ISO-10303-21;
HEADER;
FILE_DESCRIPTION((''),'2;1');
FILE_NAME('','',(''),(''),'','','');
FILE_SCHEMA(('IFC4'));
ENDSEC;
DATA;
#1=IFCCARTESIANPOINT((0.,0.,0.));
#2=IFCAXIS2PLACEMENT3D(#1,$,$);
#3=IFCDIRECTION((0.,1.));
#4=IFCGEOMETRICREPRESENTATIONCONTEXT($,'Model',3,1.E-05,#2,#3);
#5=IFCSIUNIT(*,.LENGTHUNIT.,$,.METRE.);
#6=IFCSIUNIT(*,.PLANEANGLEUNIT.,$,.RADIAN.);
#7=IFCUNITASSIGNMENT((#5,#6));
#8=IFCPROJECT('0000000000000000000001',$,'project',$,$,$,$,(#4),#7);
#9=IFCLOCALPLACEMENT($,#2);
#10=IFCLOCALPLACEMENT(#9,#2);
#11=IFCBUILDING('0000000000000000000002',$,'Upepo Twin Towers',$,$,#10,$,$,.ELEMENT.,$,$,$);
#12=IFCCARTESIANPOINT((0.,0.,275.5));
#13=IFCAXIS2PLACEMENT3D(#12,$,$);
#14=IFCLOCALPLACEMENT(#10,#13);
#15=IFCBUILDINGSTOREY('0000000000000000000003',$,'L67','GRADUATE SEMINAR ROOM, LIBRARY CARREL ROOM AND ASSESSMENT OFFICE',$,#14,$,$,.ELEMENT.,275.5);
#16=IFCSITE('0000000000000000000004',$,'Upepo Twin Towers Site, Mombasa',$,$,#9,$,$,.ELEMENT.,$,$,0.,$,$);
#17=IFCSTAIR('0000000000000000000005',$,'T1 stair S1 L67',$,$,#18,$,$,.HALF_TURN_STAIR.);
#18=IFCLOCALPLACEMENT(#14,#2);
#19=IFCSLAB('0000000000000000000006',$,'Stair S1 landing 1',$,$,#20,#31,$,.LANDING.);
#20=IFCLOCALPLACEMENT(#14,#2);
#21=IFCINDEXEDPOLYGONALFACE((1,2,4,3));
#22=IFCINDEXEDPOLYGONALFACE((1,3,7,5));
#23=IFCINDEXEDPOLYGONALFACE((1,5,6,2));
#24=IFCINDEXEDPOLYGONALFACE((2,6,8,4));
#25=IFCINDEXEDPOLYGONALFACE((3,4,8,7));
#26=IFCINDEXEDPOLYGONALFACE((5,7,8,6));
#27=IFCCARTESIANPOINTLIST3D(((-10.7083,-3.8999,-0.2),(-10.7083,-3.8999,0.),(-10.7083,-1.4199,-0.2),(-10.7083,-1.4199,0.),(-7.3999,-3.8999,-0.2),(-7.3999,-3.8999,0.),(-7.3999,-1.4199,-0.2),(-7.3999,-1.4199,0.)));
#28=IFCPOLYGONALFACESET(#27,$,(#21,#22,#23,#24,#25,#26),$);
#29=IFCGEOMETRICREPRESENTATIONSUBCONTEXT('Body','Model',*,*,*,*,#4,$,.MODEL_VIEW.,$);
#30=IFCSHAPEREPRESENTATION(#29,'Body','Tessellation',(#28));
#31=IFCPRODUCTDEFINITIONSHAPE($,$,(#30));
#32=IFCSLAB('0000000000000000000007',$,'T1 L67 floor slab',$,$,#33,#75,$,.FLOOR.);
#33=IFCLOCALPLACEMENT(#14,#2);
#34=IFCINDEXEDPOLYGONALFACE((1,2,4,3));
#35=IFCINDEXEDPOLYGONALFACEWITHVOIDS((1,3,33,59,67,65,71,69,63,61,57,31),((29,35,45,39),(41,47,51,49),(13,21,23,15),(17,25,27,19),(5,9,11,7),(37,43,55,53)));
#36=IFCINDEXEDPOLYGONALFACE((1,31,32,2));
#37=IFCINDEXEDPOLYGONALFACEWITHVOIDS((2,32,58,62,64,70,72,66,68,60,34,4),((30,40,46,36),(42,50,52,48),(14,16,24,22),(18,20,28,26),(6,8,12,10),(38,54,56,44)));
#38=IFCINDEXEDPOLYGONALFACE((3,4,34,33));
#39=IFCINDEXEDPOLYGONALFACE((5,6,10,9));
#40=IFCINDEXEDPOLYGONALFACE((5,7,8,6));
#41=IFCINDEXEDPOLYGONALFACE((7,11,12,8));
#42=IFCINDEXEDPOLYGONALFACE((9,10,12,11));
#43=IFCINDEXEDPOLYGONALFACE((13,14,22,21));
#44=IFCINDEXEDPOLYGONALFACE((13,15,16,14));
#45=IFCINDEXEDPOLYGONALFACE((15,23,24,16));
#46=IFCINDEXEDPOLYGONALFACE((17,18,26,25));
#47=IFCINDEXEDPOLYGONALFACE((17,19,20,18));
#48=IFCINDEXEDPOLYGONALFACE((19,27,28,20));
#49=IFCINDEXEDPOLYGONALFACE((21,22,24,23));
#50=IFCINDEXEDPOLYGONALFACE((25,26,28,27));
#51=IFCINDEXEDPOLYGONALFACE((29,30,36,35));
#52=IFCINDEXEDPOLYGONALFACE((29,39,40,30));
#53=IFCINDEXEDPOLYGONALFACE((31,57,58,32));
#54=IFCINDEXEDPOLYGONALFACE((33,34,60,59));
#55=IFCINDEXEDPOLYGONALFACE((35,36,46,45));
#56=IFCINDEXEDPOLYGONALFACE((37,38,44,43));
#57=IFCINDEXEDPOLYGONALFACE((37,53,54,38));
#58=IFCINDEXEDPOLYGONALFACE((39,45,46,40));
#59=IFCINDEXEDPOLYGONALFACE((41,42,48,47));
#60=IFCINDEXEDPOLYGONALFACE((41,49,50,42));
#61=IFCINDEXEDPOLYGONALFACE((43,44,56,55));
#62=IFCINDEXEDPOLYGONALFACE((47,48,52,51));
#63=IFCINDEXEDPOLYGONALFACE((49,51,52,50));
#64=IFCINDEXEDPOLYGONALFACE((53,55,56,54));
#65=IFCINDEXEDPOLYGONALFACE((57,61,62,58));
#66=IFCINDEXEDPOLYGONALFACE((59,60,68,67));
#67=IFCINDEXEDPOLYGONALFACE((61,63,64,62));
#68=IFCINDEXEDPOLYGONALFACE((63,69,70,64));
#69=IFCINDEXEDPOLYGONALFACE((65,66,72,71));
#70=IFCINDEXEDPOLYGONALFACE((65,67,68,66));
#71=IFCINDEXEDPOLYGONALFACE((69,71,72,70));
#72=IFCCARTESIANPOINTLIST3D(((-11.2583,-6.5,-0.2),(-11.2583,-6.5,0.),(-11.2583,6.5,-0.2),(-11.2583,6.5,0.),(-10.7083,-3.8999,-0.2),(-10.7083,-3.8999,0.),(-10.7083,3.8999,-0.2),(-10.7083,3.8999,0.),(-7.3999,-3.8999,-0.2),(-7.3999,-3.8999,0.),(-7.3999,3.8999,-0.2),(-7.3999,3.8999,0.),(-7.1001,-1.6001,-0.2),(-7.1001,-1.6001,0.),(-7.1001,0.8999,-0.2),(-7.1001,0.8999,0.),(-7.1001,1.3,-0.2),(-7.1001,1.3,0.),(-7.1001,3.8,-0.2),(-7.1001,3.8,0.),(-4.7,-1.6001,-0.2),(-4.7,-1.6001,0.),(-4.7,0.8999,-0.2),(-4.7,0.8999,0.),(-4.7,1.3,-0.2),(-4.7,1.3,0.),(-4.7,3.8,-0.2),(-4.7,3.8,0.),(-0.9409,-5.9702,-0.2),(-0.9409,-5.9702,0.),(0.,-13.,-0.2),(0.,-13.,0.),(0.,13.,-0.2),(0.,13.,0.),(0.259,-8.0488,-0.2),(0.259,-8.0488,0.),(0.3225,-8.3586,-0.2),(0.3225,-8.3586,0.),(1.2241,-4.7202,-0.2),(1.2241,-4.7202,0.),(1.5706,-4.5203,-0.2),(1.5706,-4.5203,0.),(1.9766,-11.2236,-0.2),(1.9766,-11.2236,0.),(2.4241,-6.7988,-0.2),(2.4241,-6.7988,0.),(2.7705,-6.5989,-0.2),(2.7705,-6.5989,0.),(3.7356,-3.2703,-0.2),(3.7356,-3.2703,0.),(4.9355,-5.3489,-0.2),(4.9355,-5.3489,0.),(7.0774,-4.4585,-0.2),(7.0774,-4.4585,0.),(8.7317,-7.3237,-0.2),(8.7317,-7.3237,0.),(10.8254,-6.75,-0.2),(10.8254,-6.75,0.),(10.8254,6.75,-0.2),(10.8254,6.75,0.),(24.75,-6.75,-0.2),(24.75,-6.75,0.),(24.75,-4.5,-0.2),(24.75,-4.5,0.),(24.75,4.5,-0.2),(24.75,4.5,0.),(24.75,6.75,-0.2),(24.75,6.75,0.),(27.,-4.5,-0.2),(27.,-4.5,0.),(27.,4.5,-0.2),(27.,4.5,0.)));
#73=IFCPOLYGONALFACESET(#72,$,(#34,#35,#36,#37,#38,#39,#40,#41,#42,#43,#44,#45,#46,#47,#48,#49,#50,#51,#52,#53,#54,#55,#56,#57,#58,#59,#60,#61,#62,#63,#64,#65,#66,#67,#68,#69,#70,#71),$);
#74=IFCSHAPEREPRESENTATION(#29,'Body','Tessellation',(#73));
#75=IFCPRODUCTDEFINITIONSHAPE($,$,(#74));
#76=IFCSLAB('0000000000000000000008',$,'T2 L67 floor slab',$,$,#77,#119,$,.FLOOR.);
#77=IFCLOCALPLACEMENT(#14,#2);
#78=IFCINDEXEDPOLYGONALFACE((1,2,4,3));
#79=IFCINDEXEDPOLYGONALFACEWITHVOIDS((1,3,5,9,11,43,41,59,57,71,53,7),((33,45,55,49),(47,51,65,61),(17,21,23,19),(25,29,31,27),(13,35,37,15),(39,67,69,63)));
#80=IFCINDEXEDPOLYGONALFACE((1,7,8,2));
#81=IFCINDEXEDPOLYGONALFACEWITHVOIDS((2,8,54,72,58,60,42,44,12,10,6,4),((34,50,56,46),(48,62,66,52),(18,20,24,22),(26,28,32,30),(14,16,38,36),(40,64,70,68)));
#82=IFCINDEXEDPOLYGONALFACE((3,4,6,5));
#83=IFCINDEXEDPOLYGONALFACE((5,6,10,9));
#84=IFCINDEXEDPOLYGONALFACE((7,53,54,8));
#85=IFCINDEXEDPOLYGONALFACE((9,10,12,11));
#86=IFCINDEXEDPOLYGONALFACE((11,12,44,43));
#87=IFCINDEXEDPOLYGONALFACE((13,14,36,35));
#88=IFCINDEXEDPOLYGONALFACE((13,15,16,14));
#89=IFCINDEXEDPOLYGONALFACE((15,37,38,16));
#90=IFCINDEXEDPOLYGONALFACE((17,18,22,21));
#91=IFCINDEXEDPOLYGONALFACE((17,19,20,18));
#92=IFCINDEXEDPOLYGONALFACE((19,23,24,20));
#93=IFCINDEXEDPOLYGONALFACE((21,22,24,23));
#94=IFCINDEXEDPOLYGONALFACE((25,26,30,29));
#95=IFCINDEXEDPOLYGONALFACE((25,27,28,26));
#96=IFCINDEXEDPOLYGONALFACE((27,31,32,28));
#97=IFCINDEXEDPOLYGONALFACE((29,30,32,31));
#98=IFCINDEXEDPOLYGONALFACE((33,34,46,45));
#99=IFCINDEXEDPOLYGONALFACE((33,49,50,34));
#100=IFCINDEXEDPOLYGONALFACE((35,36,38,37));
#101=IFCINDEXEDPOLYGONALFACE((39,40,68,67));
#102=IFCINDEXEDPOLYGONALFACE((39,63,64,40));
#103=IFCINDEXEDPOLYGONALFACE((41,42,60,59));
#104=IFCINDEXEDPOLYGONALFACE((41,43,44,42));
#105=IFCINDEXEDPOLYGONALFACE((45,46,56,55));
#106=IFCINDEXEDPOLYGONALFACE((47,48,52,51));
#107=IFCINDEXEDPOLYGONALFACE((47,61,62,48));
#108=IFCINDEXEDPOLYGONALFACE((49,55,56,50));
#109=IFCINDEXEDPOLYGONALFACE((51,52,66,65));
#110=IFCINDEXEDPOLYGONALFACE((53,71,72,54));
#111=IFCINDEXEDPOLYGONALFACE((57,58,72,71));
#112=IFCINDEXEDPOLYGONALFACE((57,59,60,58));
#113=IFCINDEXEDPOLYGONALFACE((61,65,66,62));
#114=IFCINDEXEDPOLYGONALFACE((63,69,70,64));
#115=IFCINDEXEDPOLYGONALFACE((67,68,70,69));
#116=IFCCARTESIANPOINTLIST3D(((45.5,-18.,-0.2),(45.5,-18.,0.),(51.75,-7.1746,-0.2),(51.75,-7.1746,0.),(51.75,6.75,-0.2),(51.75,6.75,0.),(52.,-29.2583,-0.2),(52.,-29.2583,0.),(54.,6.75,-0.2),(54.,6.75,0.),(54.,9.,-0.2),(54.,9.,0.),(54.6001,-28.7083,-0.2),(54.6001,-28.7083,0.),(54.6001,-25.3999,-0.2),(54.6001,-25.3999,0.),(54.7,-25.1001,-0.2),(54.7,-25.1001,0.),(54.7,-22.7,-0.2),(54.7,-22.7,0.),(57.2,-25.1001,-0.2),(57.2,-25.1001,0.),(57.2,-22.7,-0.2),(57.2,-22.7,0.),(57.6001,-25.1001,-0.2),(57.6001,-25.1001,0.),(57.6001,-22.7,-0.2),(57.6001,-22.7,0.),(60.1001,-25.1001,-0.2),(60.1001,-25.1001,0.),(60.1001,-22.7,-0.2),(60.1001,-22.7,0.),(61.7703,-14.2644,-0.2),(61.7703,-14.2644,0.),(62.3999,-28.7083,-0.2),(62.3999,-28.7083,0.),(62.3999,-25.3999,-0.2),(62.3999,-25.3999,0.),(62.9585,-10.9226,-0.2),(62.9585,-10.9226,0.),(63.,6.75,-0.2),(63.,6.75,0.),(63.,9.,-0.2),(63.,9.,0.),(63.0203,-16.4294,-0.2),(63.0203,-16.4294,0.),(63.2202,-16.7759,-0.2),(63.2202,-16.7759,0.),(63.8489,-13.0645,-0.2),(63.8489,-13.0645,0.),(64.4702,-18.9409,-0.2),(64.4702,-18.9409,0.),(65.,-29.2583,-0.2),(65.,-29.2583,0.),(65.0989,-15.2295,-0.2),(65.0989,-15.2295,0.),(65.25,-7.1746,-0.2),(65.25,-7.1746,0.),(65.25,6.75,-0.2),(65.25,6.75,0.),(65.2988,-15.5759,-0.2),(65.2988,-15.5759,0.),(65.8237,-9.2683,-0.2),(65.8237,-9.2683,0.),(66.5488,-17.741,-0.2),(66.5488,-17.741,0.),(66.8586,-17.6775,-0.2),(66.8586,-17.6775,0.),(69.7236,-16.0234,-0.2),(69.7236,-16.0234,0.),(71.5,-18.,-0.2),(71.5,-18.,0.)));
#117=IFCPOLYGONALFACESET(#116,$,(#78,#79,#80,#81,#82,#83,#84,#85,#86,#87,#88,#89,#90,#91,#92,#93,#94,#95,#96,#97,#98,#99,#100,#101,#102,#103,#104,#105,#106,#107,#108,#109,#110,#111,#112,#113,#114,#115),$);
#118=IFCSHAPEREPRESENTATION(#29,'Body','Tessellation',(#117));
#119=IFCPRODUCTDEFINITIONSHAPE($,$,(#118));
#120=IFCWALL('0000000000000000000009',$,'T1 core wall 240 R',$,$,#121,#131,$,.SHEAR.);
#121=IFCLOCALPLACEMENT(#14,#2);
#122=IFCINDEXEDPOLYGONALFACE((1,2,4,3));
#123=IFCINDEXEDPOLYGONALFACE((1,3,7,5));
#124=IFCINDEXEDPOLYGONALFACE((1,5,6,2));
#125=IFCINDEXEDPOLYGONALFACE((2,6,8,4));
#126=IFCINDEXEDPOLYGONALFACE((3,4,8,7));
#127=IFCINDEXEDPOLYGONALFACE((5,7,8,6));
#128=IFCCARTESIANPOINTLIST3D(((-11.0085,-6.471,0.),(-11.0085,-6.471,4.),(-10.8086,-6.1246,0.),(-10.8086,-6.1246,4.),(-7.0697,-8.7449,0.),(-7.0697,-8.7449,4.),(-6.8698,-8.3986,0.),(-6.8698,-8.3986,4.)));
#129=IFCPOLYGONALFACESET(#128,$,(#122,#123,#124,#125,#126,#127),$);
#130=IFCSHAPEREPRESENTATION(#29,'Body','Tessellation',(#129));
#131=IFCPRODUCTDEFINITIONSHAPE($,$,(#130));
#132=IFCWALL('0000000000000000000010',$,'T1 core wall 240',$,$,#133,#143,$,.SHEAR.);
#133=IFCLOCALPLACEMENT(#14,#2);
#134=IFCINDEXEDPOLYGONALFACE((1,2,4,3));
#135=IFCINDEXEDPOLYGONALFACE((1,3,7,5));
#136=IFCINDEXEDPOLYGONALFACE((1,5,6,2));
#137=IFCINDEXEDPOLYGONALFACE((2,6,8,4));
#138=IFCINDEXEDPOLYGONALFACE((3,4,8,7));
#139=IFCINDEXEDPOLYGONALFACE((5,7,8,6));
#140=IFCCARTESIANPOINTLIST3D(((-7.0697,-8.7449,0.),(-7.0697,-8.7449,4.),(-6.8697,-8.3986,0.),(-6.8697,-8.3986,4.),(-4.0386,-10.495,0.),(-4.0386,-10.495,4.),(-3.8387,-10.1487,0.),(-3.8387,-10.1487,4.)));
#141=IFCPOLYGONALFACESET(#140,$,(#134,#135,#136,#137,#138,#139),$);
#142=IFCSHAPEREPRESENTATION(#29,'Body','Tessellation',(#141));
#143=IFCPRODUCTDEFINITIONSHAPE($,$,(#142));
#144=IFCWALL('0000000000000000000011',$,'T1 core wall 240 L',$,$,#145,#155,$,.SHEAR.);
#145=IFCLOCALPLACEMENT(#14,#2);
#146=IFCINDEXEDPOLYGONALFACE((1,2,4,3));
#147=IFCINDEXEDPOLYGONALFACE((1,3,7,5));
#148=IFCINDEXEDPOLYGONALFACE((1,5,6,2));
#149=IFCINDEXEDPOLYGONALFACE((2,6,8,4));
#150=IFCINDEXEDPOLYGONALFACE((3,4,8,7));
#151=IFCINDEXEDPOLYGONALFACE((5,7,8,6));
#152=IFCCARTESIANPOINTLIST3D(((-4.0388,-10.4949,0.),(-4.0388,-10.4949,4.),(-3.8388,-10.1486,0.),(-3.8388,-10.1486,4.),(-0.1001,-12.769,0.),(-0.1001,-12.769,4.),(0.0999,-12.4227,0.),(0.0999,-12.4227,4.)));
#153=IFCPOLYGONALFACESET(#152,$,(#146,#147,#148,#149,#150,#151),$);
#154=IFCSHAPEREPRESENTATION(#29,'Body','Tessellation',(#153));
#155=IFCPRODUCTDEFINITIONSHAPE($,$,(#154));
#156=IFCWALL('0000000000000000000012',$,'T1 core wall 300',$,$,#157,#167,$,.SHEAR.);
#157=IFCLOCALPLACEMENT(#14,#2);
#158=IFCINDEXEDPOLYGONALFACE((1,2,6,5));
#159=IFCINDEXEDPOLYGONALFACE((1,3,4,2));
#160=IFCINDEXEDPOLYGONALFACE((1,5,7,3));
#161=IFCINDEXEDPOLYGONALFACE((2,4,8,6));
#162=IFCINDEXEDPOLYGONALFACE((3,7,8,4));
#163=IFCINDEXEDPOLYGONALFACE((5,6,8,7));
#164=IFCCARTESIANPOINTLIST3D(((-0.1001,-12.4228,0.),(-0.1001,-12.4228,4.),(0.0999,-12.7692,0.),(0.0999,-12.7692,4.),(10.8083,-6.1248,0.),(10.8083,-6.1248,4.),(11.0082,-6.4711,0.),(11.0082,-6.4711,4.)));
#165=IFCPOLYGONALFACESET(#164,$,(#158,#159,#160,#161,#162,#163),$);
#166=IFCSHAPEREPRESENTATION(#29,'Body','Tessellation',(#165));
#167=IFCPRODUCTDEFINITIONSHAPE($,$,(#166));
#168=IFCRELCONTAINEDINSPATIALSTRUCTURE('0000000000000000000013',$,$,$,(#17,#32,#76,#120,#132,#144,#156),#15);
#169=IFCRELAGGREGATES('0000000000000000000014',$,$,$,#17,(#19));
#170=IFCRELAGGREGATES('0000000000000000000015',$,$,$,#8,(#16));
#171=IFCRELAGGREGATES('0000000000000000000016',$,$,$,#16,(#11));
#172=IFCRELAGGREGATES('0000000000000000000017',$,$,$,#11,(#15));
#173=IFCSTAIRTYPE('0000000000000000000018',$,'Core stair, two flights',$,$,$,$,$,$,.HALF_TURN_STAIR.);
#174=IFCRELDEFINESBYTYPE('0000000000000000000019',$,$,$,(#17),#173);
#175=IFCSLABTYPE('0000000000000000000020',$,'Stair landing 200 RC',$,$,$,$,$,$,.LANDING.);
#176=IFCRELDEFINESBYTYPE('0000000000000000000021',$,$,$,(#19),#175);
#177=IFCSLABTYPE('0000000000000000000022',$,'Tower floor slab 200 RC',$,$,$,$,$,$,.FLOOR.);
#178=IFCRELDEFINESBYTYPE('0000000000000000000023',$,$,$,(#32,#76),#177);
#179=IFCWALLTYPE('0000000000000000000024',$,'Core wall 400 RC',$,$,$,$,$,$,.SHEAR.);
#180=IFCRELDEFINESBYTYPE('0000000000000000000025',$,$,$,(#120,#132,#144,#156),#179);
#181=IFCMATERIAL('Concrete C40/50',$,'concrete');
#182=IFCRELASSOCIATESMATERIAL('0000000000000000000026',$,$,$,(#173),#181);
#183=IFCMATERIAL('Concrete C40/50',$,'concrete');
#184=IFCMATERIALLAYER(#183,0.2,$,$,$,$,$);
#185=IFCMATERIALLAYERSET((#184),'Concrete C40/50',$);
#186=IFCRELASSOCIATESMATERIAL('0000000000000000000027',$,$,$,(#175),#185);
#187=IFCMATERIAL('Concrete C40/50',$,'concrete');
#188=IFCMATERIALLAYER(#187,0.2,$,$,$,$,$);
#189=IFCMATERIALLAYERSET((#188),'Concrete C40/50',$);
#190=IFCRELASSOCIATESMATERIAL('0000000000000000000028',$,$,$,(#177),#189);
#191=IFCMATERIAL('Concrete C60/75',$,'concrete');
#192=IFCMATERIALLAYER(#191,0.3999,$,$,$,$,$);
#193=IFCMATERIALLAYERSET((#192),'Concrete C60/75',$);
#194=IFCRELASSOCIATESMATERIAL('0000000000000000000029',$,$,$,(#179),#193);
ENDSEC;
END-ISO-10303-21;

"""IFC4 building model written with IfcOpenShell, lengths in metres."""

from ifc_helpers import new_model, si_unit, direction, frame, frame_2d, origin, place, context, subcontext, project, spatial, polyline, rectangle, outline, extrude, material, layer, layer_set, type_object, element, aggregate, save


model = new_model("IFC4")

# Units and contexts
model_context = context("Model", 3, precision=1e-05, world=origin(), true_north=direction((0.0, 1.0)))
body_context = subcontext(model_context, "Body", "Model", "MODEL_VIEW")
ifc_project = project(units=[si_unit("LENGTHUNIT", "METRE"), si_unit("PLANEANGLEUNIT", "RADIAN")], contexts=[model_context])

# Site, building, storey
site_placement = place(None, origin())
site = spatial("IfcSite", under=ifc_project, at=site_placement, Name="Upepo Twin Towers Site, Mombasa", CompositionType="ELEMENT", RefElevation=0.0)
building_placement = place(site_placement, origin())
building = spatial("IfcBuilding", under=site, at=building_placement, Name="Upepo Twin Towers", CompositionType="ELEMENT")
storey_placement = place(building_placement, frame((0.0, 0.0, 275.5)))
storey = spatial("IfcBuildingStorey", under=building, at=storey_placement, Name="L67", Description="GRADUATE SEMINAR ROOM, LIBRARY CARREL ROOM AND ASSESSMENT OFFICE", CompositionType="ELEMENT", Elevation=275.5)

# Stair, slab
ifc_material_1 = material(Name="Concrete C40/50", Category="concrete")
stair_type = type_object("IfcStairType", Name="Core stair, two flights", PredefinedType="HALF_TURN_STAIR", material=ifc_material_1)
stair_placement = place(storey_placement, origin())
stair = element("IfcStair", 1, at=stair_placement, inside=storey, type_object=stair_type, Name="T1 stair S1 L67", PredefinedType="HALF_TURN_STAIR")
ifc_material_2 = material(Name="Concrete C40/50", Category="concrete")
ifc_layer_1 = layer(ifc_material_2, 0.2)
ifc_layer_set_1 = layer_set([ifc_layer_1], Name="Concrete C40/50")
slab_type_1 = type_object("IfcSlabType", Name="Stair landing 200 RC", PredefinedType="LANDING", material=ifc_layer_set_1)
slab_1_placement = place(storey_placement, frame((0.0, 0.0, -0.2)))
slab_1 = element("IfcSlab", 2, at=slab_1_placement, type_object=slab_type_1, Name="Stair S1 landing 1", PredefinedType="LANDING", context=body_context, shape_type="SweptSolid", body=[
    extrude(outline(polyline([(-7.3999, -1.4199), (-10.7083, -1.4199), (-10.7083, -3.8999), (-7.3999, -3.8999), (-7.3999, -1.4199)])), origin(), (0.0, 0.0, 1.0), 0.2),
])

# Slabs
ifc_material_3 = material(Name="Concrete C40/50", Category="concrete")
ifc_layer_2 = layer(ifc_material_3, 0.2)
ifc_layer_set_2 = layer_set([ifc_layer_2], Name="Concrete C40/50")
slab_type_2 = type_object("IfcSlabType", Name="Tower floor slab 200 RC", PredefinedType="FLOOR", material=ifc_layer_set_2)
slab_2_placement = place(storey_placement, frame((0.0, 0.0, -0.2)))
element("IfcSlab", 3, at=slab_2_placement, inside=storey, type_object=slab_type_2, Name="T1 L67 floor slab", PredefinedType="FLOOR", context=body_context, shape_type="SweptSolid", body=[
    extrude(outline(polyline([(0.0, -13.0), (-11.2583, -6.5), (-11.2583, 6.5), (0.0, 13.0), (10.8254, 6.75), (24.75, 6.75), (24.75, 4.5), (27.0, 4.5), (27.0, -4.5), (24.75, -4.5), (24.75, -6.75), (10.8254, -6.75), (0.0, -13.0)]), holes=[polyline([(-4.7, 3.8), (-7.1001, 3.8), (-7.1001, 1.3), (-4.7, 1.3), (-4.7, 3.8)]), polyline([(-4.7, 0.8999), (-7.1001, 0.8999), (-7.1001, -1.6001), (-4.7, -1.6001), (-4.7, 0.8999)]), polyline([(-7.3999, 3.8999), (-10.7083, 3.8999), (-10.7083, -3.8999), (-7.3999, -3.8999), (-7.3999, 3.8999)]), polyline([(-0.9409, -5.9702), (0.259, -8.0488), (2.4241, -6.7988), (1.2241, -4.7202), (-0.9409, -5.9702)]), polyline([(1.5706, -4.5203), (2.7705, -6.5989), (4.9355, -5.3489), (3.7356, -3.2703), (1.5706, -4.5203)]), polyline([(0.3225, -8.3586), (1.9766, -11.2236), (8.7317, -7.3237), (7.0774, -4.4585), (0.3225, -8.3586)])]), origin(), (0.0, 0.0, 1.0), 0.2),
])
slab_3_placement = place(storey_placement, frame((0.0, 0.0, -0.2)))
element("IfcSlab", 4, at=slab_3_placement, inside=storey, type_object=slab_type_2, Name="T2 L67 floor slab", PredefinedType="FLOOR", context=body_context, shape_type="SweptSolid", body=[
    extrude(outline(polyline([(71.5, -18.0), (65.0, -29.2583), (52.0, -29.2583), (45.5, -18.0), (51.75, -7.1746), (51.75, 6.75), (54.0, 6.75), (54.0, 9.0), (63.0, 9.0), (63.0, 6.75), (65.25, 6.75), (65.25, -7.1746), (71.5, -18.0)]), holes=[polyline([(54.7, -22.7), (54.7, -25.1001), (57.2, -25.1001), (57.2, -22.7), (54.7, -22.7)]), polyline([(57.6001, -22.7), (57.6001, -25.1001), (60.1001, -25.1001), (60.1001, -22.7), (57.6001, -22.7)]), polyline([(54.6001, -25.3999), (54.6001, -28.7083), (62.3999, -28.7083), (62.3999, -25.3999), (54.6001, -25.3999)]), polyline([(64.4702, -18.9409), (66.5488, -17.741), (65.2988, -15.5759), (63.2202, -16.7759), (64.4702, -18.9409)]), polyline([(63.0203, -16.4294), (65.0989, -15.2295), (63.8489, -13.0645), (61.7703, -14.2644), (63.0203, -16.4294)]), polyline([(66.8586, -17.6775), (69.7236, -16.0234), (65.8237, -9.2683), (62.9585, -10.9226), (66.8586, -17.6775)])]), origin(), (0.0, 0.0, 1.0), 0.2),
])

# Walls
ifc_material_4 = material(Name="Concrete C60/75", Category="concrete")
ifc_layer_3 = layer(ifc_material_4, 0.3999)
ifc_layer_set_3 = layer_set([ifc_layer_3], Name="Concrete C60/75")
wall_type_1 = type_object("IfcWallType", Name="Core wall 400 RC", PredefinedType="SHEAR", material=ifc_layer_set_3)
wall_1_placement = place(storey_placement, frame((-10.9084, -6.2979, 0.0), z_axis=(0.0, 0.0, 1.0), x_axis=(0.866035, -0.499984, 0.0)))
element("IfcWall", 5, at=wall_1_placement, inside=storey, type_object=wall_type_1, Name="T1 core wall 240 R", PredefinedType="SHEAR", context=body_context, shape_type="SweptSolid", body=[
    extrude(rectangle(XDim=4.5481, YDim=0.3999, at=frame_2d((2.2739, 0.0))), origin(), (0.0, 0.0, 1.0), 4.0),
])
wall_2_placement = place(storey_placement, frame((-6.9697, -8.5718, 0.0), z_axis=(0.0, 0.0, 1.0), x_axis=(0.866019, -0.50001, 0.0)))
element("IfcWall", 6, at=wall_2_placement, inside=storey, type_object=wall_type_1, Name="T1 core wall 240", PredefinedType="SHEAR", context=body_context, shape_type="SweptSolid", body=[
    extrude(rectangle(XDim=3.5, YDim=0.3999, at=frame_2d((1.75, 0.0))), origin(), (0.0, 0.0, 1.0), 4.0),
])
wall_3_placement = place(storey_placement, frame((-3.9387, -10.3218, 0.0), z_axis=(0.0, 0.0, 1.0), x_axis=(0.866011, -0.500024, 0.0)))
element("IfcWall", 7, at=wall_3_placement, inside=storey, type_object=wall_type_1, Name="T1 core wall 240 L", PredefinedType="SHEAR", context=body_context, shape_type="SweptSolid", body=[
    extrude(rectangle(XDim=4.5481, YDim=0.3999, at=frame_2d((2.2739, 0.0))), origin(), (0.0, 0.0, 1.0), 4.0),
])
wall_4_placement = place(storey_placement, frame((0.0, -12.5959, 0.0), z_axis=(0.0, 0.0, 1.0), x_axis=(0.866022, 0.500006, 0.0)))
element("IfcWall", 8, at=wall_4_placement, inside=storey, type_object=wall_type_1, Name="T1 core wall 300", PredefinedType="SHEAR", context=body_context, shape_type="SweptSolid", body=[
    extrude(rectangle(XDim=12.5959, YDim=0.3999, at=frame_2d((6.2979, 0.0))), origin(), (0.0, 0.0, 1.0), 4.0),
])

aggregate(stair, [slab_1])

save(model, "model.ifc")
